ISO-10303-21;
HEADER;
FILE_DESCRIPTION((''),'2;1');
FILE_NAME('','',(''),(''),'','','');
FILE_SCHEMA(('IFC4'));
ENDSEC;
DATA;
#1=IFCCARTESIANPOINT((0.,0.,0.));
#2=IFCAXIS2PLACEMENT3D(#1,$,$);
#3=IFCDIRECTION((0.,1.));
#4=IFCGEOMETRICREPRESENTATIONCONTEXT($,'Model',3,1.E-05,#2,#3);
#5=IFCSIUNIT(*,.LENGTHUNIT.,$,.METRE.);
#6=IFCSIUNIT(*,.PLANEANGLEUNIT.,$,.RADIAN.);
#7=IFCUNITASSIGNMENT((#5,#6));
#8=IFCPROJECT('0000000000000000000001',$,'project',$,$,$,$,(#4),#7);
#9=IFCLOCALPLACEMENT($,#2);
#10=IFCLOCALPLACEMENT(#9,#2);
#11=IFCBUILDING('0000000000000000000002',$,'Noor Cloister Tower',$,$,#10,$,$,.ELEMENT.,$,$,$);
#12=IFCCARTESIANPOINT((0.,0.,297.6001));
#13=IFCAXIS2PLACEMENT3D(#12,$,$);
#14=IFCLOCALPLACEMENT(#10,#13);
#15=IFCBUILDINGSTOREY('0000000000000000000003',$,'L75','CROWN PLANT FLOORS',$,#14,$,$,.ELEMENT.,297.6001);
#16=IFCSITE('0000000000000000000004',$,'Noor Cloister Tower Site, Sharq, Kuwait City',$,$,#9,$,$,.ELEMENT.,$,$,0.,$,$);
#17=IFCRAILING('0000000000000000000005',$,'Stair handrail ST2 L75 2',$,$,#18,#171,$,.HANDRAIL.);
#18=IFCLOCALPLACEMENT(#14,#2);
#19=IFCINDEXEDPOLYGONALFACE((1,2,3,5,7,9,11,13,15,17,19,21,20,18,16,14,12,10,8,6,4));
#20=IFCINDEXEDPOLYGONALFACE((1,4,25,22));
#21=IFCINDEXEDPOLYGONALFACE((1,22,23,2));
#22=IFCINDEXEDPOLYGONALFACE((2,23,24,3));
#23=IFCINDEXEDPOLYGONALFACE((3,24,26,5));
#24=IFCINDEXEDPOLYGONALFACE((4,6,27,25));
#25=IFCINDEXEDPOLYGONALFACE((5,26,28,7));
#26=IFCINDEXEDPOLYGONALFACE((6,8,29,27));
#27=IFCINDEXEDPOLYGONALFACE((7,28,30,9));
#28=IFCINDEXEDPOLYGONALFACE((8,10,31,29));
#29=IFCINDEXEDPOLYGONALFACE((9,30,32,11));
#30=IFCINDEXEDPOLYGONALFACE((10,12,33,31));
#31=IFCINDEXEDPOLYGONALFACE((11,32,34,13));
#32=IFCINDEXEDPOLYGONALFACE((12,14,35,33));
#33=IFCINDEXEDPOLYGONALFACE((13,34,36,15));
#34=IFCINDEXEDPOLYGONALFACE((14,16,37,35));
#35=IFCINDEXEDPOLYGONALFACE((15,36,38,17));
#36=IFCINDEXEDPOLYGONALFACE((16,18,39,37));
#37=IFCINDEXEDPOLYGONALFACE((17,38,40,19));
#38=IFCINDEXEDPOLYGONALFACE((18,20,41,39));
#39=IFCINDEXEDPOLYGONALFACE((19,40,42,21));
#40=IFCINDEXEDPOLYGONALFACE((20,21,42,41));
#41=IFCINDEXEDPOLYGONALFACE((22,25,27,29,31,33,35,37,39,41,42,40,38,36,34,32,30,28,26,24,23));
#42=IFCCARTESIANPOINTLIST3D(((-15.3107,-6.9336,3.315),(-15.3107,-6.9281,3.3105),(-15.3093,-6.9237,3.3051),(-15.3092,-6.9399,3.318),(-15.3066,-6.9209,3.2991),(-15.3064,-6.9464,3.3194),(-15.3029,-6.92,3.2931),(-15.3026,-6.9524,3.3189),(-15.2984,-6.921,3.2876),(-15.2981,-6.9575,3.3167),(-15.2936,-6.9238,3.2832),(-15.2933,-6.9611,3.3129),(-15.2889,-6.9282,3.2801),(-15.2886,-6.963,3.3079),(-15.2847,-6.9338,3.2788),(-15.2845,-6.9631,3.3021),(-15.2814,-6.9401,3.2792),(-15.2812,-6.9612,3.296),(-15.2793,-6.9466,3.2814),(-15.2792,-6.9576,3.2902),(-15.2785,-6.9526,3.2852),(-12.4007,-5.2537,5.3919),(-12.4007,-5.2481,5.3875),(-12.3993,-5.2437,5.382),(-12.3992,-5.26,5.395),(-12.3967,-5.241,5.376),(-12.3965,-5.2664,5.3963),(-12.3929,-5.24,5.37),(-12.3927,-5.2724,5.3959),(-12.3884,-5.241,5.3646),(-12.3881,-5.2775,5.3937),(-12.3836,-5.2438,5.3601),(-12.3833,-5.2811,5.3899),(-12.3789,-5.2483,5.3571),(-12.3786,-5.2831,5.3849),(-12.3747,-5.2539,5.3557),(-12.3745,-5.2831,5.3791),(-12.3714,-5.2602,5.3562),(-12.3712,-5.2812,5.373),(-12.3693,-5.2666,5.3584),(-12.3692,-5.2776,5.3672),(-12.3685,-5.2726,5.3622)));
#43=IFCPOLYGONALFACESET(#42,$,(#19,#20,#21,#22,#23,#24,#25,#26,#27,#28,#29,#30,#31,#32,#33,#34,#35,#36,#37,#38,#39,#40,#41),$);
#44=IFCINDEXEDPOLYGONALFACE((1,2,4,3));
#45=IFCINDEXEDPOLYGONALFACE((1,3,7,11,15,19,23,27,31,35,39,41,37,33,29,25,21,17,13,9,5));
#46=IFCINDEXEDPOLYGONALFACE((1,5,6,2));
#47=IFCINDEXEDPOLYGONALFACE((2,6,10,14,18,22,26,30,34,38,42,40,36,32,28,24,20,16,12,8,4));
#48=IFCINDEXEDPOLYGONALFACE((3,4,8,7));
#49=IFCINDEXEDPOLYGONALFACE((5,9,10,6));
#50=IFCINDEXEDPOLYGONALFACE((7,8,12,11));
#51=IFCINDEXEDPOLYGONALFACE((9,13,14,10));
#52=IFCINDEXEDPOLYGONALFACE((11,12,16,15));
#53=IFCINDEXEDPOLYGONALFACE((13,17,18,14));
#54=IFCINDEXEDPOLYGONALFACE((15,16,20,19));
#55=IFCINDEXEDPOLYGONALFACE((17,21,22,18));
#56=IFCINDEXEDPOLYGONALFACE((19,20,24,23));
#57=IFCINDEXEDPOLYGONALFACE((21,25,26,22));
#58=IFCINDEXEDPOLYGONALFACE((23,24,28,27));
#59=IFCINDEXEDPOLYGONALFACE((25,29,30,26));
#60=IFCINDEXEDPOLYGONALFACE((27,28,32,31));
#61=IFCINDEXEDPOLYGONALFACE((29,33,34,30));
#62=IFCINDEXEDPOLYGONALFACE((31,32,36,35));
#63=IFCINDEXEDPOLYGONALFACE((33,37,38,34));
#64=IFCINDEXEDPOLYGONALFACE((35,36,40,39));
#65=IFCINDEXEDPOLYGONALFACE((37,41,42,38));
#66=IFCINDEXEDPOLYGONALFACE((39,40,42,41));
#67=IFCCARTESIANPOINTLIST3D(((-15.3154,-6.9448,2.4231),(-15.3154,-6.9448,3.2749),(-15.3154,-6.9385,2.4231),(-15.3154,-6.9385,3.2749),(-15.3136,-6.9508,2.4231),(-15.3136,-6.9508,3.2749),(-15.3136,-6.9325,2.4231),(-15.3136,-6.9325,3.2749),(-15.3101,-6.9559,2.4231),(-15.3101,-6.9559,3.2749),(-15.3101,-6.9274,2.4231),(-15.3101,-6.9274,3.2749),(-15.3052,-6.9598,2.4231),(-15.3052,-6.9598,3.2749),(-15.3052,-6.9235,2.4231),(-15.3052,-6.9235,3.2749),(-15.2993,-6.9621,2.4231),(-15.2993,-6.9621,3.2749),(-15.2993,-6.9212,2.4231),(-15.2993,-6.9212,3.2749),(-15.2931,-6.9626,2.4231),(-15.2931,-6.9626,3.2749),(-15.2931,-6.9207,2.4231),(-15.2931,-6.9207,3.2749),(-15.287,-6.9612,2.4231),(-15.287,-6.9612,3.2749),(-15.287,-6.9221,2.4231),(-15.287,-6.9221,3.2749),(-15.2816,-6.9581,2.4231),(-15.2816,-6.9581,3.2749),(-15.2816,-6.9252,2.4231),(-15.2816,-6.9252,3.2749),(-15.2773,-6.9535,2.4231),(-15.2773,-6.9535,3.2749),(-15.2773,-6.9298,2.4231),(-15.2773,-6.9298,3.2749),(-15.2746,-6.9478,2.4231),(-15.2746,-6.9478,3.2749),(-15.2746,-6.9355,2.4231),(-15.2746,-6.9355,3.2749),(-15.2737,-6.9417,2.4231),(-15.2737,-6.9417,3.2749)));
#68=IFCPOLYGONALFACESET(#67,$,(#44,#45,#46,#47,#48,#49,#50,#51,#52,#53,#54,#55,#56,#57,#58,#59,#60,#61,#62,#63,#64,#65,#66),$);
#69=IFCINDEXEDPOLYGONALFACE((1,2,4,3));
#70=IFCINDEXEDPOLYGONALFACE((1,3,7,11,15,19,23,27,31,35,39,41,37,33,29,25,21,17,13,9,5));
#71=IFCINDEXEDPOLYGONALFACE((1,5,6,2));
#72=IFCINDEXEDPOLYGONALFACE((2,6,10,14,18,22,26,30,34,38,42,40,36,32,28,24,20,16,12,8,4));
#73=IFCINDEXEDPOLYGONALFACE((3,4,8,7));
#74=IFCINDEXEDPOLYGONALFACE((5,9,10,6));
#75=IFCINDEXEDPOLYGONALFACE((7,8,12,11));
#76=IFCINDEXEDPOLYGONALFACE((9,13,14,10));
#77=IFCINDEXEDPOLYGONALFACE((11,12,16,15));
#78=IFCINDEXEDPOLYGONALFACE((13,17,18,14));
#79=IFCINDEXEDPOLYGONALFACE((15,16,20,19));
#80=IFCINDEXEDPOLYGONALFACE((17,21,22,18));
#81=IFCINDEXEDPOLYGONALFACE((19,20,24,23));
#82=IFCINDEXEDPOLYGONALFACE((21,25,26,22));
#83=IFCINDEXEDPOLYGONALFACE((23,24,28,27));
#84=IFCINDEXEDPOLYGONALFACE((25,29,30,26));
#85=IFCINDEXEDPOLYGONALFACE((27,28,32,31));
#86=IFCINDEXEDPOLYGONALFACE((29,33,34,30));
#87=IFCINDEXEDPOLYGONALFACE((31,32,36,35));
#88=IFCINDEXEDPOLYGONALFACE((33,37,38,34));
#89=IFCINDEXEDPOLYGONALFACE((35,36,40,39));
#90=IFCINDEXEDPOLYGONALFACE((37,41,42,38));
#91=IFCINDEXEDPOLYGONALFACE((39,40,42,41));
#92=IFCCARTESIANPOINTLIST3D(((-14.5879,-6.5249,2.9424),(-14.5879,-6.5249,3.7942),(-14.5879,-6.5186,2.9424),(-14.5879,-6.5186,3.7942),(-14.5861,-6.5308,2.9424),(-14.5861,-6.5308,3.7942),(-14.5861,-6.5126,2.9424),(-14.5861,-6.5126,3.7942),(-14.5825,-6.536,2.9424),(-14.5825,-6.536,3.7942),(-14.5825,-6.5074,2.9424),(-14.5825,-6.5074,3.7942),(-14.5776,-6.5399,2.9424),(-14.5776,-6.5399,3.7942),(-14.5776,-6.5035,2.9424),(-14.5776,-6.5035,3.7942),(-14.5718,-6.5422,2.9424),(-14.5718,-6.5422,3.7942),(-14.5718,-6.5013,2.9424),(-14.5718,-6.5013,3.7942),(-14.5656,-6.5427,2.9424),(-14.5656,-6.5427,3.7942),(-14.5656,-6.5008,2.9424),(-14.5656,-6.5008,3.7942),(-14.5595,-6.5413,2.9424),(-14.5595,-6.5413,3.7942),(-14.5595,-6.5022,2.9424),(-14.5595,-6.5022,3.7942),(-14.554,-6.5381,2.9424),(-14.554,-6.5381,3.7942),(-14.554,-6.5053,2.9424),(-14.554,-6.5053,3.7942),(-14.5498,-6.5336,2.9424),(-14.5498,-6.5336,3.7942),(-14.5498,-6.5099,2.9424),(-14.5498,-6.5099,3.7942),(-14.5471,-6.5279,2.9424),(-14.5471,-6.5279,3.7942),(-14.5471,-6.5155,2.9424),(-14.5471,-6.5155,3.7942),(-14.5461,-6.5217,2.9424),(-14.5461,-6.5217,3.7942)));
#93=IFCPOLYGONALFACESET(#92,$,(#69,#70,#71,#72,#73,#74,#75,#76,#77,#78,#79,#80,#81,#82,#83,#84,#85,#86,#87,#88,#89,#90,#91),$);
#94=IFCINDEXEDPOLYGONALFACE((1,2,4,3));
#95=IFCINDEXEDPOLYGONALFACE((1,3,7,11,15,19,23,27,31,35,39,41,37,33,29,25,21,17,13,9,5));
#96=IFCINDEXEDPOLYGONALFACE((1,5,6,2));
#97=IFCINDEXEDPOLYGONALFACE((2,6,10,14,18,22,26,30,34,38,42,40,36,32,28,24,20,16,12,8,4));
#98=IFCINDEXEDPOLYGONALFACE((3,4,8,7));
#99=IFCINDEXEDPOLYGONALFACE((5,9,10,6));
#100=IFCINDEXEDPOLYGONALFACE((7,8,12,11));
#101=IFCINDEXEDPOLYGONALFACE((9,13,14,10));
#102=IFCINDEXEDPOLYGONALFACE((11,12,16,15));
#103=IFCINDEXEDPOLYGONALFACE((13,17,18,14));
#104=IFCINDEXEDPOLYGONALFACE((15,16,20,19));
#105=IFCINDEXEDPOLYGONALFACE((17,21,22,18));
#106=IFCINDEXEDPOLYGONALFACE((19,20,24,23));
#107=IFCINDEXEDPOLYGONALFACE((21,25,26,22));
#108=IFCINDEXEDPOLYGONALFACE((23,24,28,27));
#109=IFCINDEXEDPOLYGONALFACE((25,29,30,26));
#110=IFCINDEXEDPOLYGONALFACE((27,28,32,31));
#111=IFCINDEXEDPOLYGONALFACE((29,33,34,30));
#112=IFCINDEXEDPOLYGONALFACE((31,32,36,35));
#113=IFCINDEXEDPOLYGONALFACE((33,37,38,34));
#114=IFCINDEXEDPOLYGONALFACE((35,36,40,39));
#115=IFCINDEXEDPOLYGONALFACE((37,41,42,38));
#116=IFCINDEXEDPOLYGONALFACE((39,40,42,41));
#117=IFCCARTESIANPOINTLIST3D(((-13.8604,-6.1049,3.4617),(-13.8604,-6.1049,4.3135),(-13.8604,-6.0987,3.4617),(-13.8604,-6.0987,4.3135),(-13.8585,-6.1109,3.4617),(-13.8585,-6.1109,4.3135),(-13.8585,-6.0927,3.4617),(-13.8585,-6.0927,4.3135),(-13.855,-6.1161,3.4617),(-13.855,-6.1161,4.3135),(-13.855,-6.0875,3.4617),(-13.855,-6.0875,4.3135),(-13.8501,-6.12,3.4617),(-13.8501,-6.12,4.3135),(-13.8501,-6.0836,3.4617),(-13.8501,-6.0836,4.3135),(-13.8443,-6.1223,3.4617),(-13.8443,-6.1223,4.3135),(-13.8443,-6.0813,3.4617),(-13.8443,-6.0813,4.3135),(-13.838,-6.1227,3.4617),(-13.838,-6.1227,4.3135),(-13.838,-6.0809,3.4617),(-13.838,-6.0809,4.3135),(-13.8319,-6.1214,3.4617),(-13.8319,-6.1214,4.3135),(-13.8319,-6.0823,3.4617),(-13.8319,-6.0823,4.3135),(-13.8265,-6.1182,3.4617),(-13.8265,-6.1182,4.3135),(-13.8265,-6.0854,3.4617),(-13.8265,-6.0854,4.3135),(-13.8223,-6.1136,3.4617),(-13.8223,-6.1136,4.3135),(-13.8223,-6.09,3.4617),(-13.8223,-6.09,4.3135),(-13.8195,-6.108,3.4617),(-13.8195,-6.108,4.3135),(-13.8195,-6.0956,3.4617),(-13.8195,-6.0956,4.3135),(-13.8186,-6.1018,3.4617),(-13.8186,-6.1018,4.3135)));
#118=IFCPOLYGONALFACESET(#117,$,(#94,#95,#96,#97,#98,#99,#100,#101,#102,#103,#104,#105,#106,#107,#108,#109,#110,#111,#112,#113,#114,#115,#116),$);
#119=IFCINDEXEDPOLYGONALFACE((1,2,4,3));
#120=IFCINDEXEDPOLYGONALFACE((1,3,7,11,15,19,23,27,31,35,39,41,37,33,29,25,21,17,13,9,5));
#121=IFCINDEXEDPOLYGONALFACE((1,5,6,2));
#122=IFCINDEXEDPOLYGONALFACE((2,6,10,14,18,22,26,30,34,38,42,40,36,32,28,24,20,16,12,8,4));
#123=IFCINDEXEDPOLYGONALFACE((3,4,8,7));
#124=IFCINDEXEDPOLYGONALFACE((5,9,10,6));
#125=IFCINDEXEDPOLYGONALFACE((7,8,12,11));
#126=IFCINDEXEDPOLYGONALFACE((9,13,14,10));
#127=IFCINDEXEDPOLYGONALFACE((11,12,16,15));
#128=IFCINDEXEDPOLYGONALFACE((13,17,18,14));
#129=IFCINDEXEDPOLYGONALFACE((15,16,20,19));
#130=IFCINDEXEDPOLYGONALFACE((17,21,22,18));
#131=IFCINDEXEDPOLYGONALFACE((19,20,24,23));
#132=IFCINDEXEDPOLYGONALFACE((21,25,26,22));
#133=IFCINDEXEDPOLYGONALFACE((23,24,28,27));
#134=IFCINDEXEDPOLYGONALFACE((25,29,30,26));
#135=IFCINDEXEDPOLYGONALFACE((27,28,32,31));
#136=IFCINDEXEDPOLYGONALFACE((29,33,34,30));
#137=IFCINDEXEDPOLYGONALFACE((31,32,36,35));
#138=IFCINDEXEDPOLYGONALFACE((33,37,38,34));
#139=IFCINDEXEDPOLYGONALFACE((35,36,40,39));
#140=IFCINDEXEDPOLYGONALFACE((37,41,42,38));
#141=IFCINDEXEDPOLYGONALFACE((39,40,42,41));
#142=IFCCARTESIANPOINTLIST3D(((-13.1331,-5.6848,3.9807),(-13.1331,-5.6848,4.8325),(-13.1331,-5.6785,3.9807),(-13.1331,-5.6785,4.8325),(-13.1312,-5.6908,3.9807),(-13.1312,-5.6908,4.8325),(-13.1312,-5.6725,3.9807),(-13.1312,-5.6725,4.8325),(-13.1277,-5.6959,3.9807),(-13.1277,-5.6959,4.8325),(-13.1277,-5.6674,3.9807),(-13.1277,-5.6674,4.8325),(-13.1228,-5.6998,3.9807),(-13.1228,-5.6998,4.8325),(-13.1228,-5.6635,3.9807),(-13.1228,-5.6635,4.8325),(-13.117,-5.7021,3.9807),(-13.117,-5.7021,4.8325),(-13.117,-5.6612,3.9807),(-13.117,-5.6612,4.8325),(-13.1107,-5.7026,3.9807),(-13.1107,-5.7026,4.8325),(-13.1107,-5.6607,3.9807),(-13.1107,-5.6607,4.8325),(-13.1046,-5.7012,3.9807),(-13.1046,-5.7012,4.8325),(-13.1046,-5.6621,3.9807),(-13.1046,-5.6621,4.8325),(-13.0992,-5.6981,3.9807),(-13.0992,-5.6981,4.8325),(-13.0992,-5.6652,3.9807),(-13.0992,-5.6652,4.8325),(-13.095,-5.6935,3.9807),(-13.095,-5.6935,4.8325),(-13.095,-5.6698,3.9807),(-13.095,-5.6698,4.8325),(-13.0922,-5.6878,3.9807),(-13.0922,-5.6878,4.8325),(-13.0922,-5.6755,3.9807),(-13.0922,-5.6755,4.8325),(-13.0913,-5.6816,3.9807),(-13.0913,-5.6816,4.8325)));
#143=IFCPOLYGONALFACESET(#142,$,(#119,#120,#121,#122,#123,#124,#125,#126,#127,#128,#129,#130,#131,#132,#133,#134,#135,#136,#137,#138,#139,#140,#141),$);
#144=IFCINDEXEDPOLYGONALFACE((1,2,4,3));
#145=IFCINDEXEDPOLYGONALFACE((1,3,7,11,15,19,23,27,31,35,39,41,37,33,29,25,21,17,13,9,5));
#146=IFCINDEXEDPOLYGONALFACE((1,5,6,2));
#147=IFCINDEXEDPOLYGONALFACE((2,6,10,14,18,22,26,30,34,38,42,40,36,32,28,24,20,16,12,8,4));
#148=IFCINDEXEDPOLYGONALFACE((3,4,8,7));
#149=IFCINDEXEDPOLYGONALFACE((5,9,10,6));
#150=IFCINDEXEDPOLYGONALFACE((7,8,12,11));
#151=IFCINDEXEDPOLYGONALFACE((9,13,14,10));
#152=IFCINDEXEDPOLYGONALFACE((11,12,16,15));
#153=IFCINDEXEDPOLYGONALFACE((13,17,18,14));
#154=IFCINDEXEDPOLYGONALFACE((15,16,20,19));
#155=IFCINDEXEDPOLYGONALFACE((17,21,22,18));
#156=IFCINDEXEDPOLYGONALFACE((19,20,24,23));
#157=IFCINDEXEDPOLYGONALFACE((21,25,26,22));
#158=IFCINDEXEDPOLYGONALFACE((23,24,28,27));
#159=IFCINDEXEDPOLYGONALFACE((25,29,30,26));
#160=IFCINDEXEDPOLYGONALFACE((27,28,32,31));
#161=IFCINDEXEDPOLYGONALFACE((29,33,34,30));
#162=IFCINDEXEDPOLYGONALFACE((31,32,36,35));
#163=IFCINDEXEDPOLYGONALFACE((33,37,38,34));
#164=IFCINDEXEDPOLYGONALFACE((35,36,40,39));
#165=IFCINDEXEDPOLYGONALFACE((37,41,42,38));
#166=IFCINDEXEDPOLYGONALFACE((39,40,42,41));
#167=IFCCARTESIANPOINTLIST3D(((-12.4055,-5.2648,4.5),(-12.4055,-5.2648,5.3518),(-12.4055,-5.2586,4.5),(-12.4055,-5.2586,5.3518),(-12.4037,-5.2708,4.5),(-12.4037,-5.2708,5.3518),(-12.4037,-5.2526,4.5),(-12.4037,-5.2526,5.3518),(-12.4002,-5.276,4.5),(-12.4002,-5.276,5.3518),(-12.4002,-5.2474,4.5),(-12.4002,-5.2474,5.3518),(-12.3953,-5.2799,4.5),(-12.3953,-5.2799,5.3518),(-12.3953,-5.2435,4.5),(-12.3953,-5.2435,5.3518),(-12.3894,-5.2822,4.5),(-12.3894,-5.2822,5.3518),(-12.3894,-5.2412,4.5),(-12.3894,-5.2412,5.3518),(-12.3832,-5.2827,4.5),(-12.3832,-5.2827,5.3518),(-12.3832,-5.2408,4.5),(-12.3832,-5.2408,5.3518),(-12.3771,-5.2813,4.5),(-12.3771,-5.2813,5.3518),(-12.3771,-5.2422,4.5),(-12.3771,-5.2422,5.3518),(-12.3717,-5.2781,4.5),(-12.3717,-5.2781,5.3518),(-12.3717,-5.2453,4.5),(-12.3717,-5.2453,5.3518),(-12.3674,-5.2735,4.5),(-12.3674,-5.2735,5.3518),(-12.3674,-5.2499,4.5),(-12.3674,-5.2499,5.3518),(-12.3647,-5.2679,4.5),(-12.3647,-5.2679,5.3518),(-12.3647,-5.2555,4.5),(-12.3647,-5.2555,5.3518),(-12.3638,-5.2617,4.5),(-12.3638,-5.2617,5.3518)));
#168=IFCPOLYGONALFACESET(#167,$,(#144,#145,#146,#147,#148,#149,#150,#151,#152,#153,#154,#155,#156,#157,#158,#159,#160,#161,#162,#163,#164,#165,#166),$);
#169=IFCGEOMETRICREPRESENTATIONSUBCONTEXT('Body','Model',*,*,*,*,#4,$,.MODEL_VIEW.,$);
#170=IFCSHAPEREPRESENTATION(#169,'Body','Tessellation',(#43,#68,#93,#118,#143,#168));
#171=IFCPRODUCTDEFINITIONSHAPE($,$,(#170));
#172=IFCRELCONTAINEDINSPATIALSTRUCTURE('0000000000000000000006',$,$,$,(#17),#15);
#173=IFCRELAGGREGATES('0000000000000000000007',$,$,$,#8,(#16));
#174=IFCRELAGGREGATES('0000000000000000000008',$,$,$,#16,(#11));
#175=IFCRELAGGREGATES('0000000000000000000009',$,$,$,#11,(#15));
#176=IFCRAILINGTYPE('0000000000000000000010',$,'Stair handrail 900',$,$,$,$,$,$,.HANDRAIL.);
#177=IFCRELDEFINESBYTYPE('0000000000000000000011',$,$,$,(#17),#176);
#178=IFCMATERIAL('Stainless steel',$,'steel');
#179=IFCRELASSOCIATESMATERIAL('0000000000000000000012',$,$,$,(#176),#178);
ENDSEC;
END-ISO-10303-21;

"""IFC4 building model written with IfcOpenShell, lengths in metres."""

from ifc_helpers import new_model, si_unit, direction, frame, origin, origin_2d, place, context, subcontext, project, spatial, circle, extrude, material, type_object, element, save


model = new_model("IFC4")

# Units and contexts
model_context = context("Model", 3, precision=1e-05, world=origin(), true_north=direction((0.0, 1.0)))
body_context = subcontext(model_context, "Body", "Model", "MODEL_VIEW")
ifc_project = project(units=[si_unit("LENGTHUNIT", "METRE"), si_unit("PLANEANGLEUNIT", "RADIAN")], contexts=[model_context])

# Site, building, storey
site_placement = place(None, origin())
site = spatial("IfcSite", under=ifc_project, at=site_placement, Name="Noor Cloister Tower Site, Sharq, Kuwait City", CompositionType="ELEMENT", RefElevation=0.0)
building_placement = place(site_placement, origin())
building = spatial("IfcBuilding", under=site, at=building_placement, Name="Noor Cloister Tower", CompositionType="ELEMENT")
storey_placement = place(building_placement, frame((0.0, 0.0, 297.6001)))
storey = spatial("IfcBuildingStorey", under=building, at=storey_placement, Name="L75", Description="CROWN PLANT FLOORS", CompositionType="ELEMENT", Elevation=297.6001)

# Railing
ifc_material_1 = material(Name="Stainless steel", Category="steel")
railing_type_1 = type_object("IfcRailingType", Name="Stair handrail 900", PredefinedType="HANDRAIL", material=ifc_material_1)
railing_1_placement = place(storey_placement, frame((-15.2947, -6.9417, 2.4231)))
element("IfcRailing", 1, at=railing_1_placement, inside=storey, type_object=railing_type_1, Name="Stair handrail ST2 L75 2", PredefinedType="HANDRAIL", context=body_context, shape_type="SweptSolid", body=[
    extrude(circle(Radius=0.0239, at=origin_2d()), frame((0.0, 0.0, 0.876), z_axis=(0.736668, 0.425288, 0.525785), x_axis=(-0.499976, 0.866039, 0.0)), (0.0, 0.0, 1.0), 3.9502),
    extrude(circle(Radius=0.021, at=origin_2d()), origin(), (0.0, 0.0, 1.0), 0.8518),
    extrude(circle(Radius=0.021, at=origin_2d()), frame((0.7275, 0.4199, 0.5193)), (0.0, 0.0, 1.0), 0.8518),
    extrude(circle(Radius=0.021, at=origin_2d()), frame((1.4551, 0.8398, 1.0386)), (0.0, 0.0, 1.0), 0.8518),
    extrude(circle(Radius=0.021, at=origin_2d()), frame((2.1824, 1.26, 1.5576)), (0.0, 0.0, 1.0), 0.8518),
    extrude(circle(Radius=0.021, at=origin_2d()), frame((2.9099, 1.6799, 2.0769)), (0.0, 0.0, 1.0), 0.8518),
])

save(model, "model.ifc")
